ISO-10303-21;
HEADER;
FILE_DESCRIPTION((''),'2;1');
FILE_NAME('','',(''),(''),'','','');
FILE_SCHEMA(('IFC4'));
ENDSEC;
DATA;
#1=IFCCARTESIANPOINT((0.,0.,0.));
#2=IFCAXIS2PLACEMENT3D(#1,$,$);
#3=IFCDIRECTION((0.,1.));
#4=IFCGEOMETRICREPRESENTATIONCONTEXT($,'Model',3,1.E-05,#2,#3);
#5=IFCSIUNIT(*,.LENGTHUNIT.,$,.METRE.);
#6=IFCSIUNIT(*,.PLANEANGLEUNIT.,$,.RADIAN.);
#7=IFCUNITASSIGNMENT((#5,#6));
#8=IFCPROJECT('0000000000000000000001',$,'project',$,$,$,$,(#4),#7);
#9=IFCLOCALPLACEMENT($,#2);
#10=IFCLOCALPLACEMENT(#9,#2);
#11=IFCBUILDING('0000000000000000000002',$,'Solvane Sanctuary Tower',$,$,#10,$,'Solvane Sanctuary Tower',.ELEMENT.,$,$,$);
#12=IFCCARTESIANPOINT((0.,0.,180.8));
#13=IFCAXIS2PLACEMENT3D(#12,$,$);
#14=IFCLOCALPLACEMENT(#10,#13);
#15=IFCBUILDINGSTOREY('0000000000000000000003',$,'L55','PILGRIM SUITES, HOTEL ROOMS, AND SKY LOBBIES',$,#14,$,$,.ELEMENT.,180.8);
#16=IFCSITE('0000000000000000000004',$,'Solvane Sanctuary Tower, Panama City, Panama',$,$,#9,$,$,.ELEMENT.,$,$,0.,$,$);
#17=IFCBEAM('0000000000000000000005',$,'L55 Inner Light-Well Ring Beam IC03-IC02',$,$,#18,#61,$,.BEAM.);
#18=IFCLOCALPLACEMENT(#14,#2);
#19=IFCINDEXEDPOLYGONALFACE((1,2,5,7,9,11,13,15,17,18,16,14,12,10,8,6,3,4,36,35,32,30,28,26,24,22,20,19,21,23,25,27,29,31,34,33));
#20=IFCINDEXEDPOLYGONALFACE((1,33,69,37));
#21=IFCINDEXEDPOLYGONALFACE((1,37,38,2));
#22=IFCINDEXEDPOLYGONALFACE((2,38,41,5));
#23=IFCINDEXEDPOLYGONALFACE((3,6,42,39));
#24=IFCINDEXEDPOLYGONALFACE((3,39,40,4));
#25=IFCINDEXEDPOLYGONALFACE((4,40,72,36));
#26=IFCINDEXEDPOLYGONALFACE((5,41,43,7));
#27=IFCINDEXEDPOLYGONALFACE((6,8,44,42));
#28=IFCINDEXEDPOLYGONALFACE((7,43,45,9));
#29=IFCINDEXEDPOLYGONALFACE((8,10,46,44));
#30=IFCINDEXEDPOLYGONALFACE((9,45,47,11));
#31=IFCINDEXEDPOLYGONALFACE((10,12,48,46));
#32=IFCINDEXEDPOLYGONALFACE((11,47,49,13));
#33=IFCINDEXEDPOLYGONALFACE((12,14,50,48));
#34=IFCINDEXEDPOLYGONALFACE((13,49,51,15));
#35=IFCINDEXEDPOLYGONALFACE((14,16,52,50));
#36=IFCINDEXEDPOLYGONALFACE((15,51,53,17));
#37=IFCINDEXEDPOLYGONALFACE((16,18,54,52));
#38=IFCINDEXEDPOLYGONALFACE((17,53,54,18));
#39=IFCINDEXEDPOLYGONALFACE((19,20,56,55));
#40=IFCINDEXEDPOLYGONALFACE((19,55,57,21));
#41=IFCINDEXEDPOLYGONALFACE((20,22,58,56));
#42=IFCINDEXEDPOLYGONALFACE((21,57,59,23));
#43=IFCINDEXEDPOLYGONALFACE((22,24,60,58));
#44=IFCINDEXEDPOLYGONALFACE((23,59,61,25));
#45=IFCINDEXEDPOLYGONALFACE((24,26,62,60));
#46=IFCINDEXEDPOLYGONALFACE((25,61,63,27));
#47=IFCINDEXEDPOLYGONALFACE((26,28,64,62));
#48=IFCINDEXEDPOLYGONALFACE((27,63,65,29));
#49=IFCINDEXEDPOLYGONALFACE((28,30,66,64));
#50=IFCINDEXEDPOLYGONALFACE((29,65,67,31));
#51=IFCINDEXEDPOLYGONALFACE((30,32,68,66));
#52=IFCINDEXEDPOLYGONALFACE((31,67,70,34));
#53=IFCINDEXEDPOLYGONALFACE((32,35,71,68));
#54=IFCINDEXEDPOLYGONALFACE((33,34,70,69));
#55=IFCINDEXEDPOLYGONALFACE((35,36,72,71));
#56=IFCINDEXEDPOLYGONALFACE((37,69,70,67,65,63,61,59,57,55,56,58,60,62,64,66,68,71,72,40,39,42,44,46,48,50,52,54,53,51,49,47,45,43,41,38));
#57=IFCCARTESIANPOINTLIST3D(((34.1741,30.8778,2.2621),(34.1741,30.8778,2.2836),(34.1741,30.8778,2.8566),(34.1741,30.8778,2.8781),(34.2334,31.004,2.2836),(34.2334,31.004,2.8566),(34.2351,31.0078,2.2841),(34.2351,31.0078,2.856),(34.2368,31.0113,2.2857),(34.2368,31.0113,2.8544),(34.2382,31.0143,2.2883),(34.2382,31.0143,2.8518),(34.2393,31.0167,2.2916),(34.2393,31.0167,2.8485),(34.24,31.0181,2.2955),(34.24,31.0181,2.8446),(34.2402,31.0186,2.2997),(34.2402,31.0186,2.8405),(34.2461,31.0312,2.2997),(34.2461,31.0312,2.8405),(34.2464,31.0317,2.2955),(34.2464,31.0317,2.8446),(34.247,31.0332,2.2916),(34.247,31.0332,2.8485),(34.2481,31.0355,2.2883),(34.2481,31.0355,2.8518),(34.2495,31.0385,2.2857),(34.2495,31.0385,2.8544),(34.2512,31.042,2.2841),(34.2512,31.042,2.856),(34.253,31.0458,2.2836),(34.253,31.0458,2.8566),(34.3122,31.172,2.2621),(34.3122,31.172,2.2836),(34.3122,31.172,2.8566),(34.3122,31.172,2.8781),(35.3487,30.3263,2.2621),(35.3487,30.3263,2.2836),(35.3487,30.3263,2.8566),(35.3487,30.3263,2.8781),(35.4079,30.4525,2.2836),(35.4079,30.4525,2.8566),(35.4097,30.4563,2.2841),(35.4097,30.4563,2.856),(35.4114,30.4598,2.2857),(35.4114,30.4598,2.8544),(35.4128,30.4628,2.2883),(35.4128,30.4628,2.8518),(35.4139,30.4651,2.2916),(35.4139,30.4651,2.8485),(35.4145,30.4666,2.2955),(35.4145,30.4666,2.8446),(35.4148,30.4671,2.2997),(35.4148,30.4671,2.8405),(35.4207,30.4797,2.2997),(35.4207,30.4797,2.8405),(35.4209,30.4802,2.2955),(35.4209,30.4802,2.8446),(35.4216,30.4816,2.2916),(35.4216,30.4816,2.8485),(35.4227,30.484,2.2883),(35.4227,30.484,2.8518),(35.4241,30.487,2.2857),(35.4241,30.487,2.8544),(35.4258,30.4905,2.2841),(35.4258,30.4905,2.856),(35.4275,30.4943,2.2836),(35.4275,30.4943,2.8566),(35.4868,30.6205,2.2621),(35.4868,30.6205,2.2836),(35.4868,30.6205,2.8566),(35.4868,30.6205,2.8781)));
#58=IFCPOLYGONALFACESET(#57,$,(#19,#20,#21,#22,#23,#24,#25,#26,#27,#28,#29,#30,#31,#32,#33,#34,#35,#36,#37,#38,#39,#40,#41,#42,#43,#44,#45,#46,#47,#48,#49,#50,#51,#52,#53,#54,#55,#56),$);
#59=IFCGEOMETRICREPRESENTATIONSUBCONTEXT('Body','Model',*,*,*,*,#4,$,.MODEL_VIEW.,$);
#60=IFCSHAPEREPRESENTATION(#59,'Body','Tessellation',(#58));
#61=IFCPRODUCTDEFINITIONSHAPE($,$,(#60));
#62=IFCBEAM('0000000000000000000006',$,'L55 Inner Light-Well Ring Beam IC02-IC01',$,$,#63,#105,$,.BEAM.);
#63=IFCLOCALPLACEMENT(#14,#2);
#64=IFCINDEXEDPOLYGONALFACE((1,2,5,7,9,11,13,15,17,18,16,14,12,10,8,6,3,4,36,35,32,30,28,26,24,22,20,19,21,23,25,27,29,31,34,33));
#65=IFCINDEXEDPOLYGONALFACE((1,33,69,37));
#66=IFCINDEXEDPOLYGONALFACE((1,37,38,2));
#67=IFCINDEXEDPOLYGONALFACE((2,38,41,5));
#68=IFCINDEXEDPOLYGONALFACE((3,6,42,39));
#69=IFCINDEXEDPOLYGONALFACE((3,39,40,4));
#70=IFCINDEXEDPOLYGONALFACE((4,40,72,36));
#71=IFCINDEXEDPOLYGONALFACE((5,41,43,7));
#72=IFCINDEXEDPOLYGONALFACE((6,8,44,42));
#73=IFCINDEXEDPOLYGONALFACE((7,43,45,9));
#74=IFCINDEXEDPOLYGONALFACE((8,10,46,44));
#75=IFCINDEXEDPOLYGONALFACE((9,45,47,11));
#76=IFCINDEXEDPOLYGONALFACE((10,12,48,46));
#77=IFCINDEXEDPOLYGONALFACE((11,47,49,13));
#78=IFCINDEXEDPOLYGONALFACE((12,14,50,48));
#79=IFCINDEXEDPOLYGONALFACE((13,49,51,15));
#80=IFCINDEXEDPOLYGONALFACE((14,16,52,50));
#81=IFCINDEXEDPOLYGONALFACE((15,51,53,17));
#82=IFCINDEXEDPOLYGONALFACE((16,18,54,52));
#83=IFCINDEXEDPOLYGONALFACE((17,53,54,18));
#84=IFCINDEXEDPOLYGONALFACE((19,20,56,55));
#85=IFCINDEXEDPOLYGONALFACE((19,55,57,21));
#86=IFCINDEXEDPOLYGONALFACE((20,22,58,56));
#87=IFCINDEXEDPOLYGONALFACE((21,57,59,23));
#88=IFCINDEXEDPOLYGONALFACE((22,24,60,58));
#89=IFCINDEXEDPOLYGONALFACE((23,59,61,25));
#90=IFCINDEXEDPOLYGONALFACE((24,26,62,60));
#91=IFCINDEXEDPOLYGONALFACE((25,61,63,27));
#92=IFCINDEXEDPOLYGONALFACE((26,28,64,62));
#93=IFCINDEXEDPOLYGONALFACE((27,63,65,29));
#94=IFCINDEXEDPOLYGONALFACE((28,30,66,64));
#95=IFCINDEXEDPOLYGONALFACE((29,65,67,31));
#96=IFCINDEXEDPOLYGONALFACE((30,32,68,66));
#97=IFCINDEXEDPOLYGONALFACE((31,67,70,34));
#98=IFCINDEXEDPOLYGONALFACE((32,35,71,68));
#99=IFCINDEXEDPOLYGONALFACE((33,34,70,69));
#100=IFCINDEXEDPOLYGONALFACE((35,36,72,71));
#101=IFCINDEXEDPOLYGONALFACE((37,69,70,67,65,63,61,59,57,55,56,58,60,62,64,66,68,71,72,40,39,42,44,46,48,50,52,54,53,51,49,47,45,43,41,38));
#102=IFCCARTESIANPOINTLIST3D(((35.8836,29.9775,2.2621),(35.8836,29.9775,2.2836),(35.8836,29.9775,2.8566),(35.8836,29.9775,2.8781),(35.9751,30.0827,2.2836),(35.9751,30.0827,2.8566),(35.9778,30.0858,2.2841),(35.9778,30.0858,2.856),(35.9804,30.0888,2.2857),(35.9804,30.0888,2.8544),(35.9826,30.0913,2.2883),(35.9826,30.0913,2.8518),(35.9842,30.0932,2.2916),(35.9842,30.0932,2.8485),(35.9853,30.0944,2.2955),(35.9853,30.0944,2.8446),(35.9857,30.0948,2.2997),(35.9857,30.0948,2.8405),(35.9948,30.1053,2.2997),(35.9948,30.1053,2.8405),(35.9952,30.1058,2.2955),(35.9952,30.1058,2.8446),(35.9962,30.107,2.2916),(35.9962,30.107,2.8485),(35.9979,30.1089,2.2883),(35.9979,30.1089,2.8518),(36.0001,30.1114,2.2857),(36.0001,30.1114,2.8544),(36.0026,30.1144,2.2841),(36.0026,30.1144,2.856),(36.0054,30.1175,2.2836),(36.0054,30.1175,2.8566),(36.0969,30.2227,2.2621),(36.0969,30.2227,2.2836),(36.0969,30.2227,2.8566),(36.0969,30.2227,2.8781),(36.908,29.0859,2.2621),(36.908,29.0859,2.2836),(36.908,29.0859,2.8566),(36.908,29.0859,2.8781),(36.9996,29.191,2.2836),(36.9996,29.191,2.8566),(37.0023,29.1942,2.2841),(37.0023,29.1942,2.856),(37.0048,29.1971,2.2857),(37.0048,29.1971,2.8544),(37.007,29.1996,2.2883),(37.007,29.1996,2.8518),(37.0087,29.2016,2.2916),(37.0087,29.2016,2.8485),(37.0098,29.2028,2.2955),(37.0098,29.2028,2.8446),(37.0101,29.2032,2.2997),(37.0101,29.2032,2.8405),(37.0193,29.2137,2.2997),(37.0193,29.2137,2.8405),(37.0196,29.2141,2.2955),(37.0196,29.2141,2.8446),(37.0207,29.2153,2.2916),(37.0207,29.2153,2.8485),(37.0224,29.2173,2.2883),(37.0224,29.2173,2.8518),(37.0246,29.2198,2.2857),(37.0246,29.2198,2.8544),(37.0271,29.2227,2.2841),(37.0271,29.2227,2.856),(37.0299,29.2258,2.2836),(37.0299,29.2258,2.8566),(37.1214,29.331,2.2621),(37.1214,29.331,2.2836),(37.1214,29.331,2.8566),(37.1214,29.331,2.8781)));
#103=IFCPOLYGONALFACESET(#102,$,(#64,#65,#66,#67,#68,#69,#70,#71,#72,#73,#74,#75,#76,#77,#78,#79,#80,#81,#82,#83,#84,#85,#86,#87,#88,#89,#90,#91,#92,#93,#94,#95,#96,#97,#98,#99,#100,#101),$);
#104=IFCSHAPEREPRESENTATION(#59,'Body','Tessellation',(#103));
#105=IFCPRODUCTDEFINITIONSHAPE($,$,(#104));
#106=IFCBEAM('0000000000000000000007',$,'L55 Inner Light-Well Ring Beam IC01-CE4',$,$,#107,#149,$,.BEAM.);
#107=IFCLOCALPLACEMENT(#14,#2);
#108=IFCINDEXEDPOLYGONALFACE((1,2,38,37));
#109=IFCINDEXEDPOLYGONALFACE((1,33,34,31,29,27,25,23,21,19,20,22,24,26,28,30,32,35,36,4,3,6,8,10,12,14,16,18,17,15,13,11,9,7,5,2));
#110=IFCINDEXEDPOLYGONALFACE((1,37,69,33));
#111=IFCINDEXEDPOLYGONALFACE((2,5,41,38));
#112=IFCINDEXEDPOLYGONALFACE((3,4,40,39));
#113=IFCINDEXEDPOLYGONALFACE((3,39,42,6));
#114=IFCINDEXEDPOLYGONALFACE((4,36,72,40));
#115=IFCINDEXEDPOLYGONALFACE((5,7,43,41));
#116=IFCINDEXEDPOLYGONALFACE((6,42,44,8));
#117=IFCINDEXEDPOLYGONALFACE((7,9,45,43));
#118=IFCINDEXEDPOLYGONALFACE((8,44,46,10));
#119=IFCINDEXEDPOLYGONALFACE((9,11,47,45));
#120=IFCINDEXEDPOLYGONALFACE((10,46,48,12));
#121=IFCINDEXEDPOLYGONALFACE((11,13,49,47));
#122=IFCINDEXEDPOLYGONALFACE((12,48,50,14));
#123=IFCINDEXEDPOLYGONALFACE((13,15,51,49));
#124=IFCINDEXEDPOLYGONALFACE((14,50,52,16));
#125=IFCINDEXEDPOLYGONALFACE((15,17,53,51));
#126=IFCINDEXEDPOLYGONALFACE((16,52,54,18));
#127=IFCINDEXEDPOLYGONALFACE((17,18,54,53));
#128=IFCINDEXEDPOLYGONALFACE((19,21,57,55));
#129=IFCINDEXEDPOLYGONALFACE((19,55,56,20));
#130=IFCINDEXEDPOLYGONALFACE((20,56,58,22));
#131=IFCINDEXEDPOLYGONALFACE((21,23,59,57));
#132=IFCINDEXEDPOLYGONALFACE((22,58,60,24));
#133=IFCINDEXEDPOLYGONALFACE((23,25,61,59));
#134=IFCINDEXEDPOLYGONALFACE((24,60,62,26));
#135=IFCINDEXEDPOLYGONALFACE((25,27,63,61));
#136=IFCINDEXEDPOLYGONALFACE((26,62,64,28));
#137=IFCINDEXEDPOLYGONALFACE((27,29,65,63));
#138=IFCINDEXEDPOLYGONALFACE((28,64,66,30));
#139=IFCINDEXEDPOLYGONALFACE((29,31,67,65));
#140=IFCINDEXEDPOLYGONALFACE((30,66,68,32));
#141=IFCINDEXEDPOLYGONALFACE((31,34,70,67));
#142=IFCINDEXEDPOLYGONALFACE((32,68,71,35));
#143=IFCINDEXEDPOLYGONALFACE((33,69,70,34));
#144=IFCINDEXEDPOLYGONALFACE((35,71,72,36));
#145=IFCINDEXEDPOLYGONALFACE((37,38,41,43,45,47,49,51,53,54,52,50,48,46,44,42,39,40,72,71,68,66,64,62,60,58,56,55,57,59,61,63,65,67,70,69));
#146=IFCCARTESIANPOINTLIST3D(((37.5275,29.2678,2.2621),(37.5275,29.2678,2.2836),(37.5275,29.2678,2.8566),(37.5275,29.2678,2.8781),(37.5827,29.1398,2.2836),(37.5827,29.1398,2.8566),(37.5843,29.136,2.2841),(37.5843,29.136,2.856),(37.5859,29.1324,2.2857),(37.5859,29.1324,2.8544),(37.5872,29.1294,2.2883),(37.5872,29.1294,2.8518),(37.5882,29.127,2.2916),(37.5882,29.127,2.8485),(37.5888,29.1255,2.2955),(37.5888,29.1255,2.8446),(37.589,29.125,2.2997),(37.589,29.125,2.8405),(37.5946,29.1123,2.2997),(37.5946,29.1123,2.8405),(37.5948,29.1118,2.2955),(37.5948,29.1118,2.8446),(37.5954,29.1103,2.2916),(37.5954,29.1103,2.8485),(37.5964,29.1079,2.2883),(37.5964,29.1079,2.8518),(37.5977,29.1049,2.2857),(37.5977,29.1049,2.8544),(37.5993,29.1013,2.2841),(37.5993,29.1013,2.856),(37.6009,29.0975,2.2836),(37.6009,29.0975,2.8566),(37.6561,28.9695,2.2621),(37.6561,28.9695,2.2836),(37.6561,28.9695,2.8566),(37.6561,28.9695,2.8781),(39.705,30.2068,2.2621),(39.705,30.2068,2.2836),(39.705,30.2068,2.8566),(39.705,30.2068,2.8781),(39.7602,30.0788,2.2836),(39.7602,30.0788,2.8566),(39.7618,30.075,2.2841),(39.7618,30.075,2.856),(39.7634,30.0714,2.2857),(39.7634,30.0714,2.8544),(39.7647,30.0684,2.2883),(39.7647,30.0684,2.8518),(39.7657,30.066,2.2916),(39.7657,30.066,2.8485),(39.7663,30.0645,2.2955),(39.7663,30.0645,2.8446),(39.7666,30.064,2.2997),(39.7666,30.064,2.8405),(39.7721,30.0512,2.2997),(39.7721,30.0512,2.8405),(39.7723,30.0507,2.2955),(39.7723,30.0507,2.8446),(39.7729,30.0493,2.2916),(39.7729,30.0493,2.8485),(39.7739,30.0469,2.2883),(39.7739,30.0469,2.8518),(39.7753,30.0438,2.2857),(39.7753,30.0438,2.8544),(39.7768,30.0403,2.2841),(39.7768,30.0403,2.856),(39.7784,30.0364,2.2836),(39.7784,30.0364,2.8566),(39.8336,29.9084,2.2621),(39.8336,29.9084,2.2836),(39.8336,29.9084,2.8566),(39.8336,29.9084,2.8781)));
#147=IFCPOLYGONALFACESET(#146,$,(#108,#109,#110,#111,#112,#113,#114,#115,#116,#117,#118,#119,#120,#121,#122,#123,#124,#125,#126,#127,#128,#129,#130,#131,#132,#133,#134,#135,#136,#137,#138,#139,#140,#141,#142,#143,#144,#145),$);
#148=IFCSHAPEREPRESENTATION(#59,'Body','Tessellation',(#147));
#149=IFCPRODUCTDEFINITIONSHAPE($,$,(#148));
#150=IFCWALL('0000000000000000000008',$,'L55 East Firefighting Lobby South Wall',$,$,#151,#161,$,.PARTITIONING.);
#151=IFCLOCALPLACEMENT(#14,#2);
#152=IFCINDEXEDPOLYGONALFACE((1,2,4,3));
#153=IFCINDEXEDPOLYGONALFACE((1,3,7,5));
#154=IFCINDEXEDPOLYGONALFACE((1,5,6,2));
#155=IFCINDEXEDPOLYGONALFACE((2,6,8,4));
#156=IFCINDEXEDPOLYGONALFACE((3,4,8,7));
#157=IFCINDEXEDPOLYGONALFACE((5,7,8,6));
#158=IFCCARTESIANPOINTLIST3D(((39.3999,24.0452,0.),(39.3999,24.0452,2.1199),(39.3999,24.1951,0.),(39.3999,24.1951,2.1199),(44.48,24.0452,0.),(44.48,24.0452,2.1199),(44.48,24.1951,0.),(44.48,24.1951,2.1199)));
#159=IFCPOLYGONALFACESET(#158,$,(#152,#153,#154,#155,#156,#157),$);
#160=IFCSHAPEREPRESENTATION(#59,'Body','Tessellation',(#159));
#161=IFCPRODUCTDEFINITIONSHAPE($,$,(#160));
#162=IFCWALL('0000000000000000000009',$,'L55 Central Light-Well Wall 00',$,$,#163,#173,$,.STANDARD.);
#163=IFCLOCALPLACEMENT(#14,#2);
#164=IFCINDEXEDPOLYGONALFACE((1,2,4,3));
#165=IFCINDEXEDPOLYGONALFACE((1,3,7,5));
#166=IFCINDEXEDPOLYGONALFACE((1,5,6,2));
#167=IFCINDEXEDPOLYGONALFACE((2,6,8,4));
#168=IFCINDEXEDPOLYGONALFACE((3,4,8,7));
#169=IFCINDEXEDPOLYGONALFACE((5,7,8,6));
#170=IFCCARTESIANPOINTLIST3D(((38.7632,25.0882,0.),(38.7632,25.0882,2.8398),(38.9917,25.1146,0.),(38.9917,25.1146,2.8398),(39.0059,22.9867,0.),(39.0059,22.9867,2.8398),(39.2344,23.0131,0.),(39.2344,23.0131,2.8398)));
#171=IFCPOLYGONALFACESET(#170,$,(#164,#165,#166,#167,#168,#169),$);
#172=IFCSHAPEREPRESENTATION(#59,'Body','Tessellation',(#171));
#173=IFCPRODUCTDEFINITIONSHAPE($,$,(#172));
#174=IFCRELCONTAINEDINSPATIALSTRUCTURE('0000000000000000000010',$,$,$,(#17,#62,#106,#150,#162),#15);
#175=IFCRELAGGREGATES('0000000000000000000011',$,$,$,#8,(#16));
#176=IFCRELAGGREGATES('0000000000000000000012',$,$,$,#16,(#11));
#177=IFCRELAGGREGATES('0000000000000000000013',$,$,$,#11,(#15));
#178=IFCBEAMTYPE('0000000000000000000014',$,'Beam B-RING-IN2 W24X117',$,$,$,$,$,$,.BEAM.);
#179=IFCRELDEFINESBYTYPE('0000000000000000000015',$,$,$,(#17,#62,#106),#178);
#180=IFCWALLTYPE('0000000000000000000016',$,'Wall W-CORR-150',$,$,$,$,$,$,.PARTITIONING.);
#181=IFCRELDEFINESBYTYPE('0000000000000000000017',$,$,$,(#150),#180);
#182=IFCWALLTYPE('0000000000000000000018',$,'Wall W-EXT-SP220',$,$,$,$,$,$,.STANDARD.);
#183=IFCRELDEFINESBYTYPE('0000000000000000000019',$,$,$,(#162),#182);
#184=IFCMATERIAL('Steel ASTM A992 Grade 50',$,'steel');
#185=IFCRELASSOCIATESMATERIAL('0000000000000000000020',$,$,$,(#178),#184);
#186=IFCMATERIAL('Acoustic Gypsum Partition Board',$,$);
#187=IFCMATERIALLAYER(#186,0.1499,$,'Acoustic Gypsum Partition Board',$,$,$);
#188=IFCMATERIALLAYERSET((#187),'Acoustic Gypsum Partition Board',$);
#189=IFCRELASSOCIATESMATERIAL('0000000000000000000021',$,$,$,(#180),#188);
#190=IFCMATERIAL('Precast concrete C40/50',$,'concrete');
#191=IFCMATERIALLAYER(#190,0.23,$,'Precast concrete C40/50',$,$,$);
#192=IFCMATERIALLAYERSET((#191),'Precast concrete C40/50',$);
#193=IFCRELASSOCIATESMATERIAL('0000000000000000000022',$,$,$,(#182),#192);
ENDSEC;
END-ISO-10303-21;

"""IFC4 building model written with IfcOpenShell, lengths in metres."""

from ifc_helpers import new_model, si_unit, direction, frame, frame_2d, origin, origin_2d, place, context, subcontext, project, spatial, rectangle, i_section, extrude, material, layer, layer_set, material_profile, profile_set, type_object, element, save


model = new_model("IFC4")

# Units and contexts
model_context = context("Model", 3, precision=1e-05, world=origin(), true_north=direction((0.0, 1.0)))
body_context = subcontext(model_context, "Body", "Model", "MODEL_VIEW")
ifc_project = project(units=[si_unit("LENGTHUNIT", "METRE"), si_unit("PLANEANGLEUNIT", "RADIAN")], contexts=[model_context])

# Site, building, storey
site_placement = place(None, origin())
site = spatial("IfcSite", under=ifc_project, at=site_placement, Name="Solvane Sanctuary Tower, Panama City, Panama", CompositionType="ELEMENT", RefElevation=0.0)
building_placement = place(site_placement, origin())
building = spatial("IfcBuilding", under=site, at=building_placement, Name="Solvane Sanctuary Tower", LongName="Solvane Sanctuary Tower", CompositionType="ELEMENT")
storey_placement = place(building_placement, frame((0.0, 0.0, 180.8)))
storey = spatial("IfcBuildingStorey", under=building, at=storey_placement, Name="L55", Description="PILGRIM SUITES, HOTEL ROOMS, AND SKY LOBBIES", CompositionType="ELEMENT", Elevation=180.8)

# Beams
ifc_material_1 = material(Name="Steel ASTM A992 Grade 50", Category="steel")
ifc_material_profile_1 = material_profile(ifc_material_1, i_section(OverallWidth=0.325, OverallDepth=0.616, WebThickness=0.0139, FlangeThickness=0.0215, FilletRadius=0.0161, at=origin_2d()), Name="W24X117")
ifc_profile_set_1 = profile_set([ifc_material_profile_1], Name="Steel ASTM A992 Grade 50")
beam_type_1 = type_object("IfcBeamType", Name="Beam B-RING-IN2 W24X117", PredefinedType="BEAM", material=ifc_profile_set_1)
beam_1_placement = place(storey_placement, frame((34.2432, 31.0249, 2.5701), z_axis=(0.905181, -0.425027, 0.0), x_axis=(0.425027, 0.905181, 0.0)))
element("IfcBeam", 1, at=beam_1_placement, inside=storey, type_object=beam_type_1, Name="L55 Inner Light-Well Ring Beam IC03-IC02", PredefinedType="BEAM", context=body_context, shape_type="SweptSolid", body=[
    extrude(i_section(OverallWidth=0.325, OverallDepth=0.616, WebThickness=0.0139, FlangeThickness=0.0215, FilletRadius=0.0161, at=origin_2d()), origin(), (0.0, 0.0, 1.0), 1.2976),
])
beam_2_placement = place(storey_placement, frame((35.9902, 30.1001, 2.5701), z_axis=(0.754311, -0.656517, 0.0), x_axis=(0.656517, 0.754311, 0.0)))
element("IfcBeam", 2, at=beam_2_placement, inside=storey, type_object=beam_type_1, Name="L55 Inner Light-Well Ring Beam IC02-IC01", PredefinedType="BEAM", context=body_context, shape_type="SweptSolid", body=[
    extrude(i_section(OverallWidth=0.325, OverallDepth=0.616, WebThickness=0.0139, FlangeThickness=0.0215, FilletRadius=0.0161, at=origin_2d()), origin(), (0.0, 0.0, 1.0), 1.3582),
])
beam_3_placement = place(storey_placement, frame((37.5918, 29.1187, 2.5701), z_axis=(0.918264, 0.395969, 0.0), x_axis=(-0.395969, 0.918264, 0.0)))
element("IfcBeam", 3, at=beam_3_placement, inside=storey, type_object=beam_type_1, Name="L55 Inner Light-Well Ring Beam IC01-CE4", PredefinedType="BEAM", context=body_context, shape_type="SweptSolid", body=[
    extrude(i_section(OverallWidth=0.325, OverallDepth=0.616, WebThickness=0.0139, FlangeThickness=0.0215, FilletRadius=0.0161, at=origin_2d()), origin(), (0.0, 0.0, 1.0), 2.3713),
])

# Walls
ifc_material_2 = material(Name="Acoustic Gypsum Partition Board")
ifc_layer_1 = layer(ifc_material_2, 0.1499, Name="Acoustic Gypsum Partition Board")
ifc_layer_set_1 = layer_set([ifc_layer_1], Name="Acoustic Gypsum Partition Board")
wall_type_1 = type_object("IfcWallType", Name="Wall W-CORR-150", PredefinedType="PARTITIONING", material=ifc_layer_set_1)
wall_1_placement = place(storey_placement, frame((39.3999, 24.1201, 0.0), z_axis=(0.0, 0.0, 1.0), x_axis=(1.0, 0.0, 0.0)))
element("IfcWall", 4, at=wall_1_placement, inside=storey, type_object=wall_type_1, Name="L55 East Firefighting Lobby South Wall", PredefinedType="PARTITIONING", context=body_context, shape_type="SweptSolid", body=[
    extrude(rectangle(XDim=5.0801, YDim=0.1499, at=frame_2d((2.54, 0.0))), origin(), (0.0, 0.0, 1.0), 2.1199),
])
ifc_material_3 = material(Name="Precast concrete C40/50", Category="concrete")
ifc_layer_2 = layer(ifc_material_3, 0.23, Name="Precast concrete C40/50")
ifc_layer_set_2 = layer_set([ifc_layer_2], Name="Precast concrete C40/50")
wall_type_2 = type_object("IfcWallType", Name="Wall W-EXT-SP220", PredefinedType="STANDARD", material=ifc_layer_set_2)
wall_2_placement = place(storey_placement, frame((39.1201, 23.0, 0.0), z_axis=(0.0, 0.0, 1.0), x_axis=(-0.114712, 0.993399, 0.0)))
element("IfcWall", 5, at=wall_2_placement, inside=storey, type_object=wall_type_2, Name="L55 Central Light-Well Wall 00", PredefinedType="STANDARD", context=body_context, shape_type="SweptSolid", body=[
    extrude(rectangle(XDim=2.1155, YDim=0.23, at=frame_2d((1.0576, 0.0))), origin(), (0.0, 0.0, 1.0), 2.8398),
])

save(model, "model.ifc")
